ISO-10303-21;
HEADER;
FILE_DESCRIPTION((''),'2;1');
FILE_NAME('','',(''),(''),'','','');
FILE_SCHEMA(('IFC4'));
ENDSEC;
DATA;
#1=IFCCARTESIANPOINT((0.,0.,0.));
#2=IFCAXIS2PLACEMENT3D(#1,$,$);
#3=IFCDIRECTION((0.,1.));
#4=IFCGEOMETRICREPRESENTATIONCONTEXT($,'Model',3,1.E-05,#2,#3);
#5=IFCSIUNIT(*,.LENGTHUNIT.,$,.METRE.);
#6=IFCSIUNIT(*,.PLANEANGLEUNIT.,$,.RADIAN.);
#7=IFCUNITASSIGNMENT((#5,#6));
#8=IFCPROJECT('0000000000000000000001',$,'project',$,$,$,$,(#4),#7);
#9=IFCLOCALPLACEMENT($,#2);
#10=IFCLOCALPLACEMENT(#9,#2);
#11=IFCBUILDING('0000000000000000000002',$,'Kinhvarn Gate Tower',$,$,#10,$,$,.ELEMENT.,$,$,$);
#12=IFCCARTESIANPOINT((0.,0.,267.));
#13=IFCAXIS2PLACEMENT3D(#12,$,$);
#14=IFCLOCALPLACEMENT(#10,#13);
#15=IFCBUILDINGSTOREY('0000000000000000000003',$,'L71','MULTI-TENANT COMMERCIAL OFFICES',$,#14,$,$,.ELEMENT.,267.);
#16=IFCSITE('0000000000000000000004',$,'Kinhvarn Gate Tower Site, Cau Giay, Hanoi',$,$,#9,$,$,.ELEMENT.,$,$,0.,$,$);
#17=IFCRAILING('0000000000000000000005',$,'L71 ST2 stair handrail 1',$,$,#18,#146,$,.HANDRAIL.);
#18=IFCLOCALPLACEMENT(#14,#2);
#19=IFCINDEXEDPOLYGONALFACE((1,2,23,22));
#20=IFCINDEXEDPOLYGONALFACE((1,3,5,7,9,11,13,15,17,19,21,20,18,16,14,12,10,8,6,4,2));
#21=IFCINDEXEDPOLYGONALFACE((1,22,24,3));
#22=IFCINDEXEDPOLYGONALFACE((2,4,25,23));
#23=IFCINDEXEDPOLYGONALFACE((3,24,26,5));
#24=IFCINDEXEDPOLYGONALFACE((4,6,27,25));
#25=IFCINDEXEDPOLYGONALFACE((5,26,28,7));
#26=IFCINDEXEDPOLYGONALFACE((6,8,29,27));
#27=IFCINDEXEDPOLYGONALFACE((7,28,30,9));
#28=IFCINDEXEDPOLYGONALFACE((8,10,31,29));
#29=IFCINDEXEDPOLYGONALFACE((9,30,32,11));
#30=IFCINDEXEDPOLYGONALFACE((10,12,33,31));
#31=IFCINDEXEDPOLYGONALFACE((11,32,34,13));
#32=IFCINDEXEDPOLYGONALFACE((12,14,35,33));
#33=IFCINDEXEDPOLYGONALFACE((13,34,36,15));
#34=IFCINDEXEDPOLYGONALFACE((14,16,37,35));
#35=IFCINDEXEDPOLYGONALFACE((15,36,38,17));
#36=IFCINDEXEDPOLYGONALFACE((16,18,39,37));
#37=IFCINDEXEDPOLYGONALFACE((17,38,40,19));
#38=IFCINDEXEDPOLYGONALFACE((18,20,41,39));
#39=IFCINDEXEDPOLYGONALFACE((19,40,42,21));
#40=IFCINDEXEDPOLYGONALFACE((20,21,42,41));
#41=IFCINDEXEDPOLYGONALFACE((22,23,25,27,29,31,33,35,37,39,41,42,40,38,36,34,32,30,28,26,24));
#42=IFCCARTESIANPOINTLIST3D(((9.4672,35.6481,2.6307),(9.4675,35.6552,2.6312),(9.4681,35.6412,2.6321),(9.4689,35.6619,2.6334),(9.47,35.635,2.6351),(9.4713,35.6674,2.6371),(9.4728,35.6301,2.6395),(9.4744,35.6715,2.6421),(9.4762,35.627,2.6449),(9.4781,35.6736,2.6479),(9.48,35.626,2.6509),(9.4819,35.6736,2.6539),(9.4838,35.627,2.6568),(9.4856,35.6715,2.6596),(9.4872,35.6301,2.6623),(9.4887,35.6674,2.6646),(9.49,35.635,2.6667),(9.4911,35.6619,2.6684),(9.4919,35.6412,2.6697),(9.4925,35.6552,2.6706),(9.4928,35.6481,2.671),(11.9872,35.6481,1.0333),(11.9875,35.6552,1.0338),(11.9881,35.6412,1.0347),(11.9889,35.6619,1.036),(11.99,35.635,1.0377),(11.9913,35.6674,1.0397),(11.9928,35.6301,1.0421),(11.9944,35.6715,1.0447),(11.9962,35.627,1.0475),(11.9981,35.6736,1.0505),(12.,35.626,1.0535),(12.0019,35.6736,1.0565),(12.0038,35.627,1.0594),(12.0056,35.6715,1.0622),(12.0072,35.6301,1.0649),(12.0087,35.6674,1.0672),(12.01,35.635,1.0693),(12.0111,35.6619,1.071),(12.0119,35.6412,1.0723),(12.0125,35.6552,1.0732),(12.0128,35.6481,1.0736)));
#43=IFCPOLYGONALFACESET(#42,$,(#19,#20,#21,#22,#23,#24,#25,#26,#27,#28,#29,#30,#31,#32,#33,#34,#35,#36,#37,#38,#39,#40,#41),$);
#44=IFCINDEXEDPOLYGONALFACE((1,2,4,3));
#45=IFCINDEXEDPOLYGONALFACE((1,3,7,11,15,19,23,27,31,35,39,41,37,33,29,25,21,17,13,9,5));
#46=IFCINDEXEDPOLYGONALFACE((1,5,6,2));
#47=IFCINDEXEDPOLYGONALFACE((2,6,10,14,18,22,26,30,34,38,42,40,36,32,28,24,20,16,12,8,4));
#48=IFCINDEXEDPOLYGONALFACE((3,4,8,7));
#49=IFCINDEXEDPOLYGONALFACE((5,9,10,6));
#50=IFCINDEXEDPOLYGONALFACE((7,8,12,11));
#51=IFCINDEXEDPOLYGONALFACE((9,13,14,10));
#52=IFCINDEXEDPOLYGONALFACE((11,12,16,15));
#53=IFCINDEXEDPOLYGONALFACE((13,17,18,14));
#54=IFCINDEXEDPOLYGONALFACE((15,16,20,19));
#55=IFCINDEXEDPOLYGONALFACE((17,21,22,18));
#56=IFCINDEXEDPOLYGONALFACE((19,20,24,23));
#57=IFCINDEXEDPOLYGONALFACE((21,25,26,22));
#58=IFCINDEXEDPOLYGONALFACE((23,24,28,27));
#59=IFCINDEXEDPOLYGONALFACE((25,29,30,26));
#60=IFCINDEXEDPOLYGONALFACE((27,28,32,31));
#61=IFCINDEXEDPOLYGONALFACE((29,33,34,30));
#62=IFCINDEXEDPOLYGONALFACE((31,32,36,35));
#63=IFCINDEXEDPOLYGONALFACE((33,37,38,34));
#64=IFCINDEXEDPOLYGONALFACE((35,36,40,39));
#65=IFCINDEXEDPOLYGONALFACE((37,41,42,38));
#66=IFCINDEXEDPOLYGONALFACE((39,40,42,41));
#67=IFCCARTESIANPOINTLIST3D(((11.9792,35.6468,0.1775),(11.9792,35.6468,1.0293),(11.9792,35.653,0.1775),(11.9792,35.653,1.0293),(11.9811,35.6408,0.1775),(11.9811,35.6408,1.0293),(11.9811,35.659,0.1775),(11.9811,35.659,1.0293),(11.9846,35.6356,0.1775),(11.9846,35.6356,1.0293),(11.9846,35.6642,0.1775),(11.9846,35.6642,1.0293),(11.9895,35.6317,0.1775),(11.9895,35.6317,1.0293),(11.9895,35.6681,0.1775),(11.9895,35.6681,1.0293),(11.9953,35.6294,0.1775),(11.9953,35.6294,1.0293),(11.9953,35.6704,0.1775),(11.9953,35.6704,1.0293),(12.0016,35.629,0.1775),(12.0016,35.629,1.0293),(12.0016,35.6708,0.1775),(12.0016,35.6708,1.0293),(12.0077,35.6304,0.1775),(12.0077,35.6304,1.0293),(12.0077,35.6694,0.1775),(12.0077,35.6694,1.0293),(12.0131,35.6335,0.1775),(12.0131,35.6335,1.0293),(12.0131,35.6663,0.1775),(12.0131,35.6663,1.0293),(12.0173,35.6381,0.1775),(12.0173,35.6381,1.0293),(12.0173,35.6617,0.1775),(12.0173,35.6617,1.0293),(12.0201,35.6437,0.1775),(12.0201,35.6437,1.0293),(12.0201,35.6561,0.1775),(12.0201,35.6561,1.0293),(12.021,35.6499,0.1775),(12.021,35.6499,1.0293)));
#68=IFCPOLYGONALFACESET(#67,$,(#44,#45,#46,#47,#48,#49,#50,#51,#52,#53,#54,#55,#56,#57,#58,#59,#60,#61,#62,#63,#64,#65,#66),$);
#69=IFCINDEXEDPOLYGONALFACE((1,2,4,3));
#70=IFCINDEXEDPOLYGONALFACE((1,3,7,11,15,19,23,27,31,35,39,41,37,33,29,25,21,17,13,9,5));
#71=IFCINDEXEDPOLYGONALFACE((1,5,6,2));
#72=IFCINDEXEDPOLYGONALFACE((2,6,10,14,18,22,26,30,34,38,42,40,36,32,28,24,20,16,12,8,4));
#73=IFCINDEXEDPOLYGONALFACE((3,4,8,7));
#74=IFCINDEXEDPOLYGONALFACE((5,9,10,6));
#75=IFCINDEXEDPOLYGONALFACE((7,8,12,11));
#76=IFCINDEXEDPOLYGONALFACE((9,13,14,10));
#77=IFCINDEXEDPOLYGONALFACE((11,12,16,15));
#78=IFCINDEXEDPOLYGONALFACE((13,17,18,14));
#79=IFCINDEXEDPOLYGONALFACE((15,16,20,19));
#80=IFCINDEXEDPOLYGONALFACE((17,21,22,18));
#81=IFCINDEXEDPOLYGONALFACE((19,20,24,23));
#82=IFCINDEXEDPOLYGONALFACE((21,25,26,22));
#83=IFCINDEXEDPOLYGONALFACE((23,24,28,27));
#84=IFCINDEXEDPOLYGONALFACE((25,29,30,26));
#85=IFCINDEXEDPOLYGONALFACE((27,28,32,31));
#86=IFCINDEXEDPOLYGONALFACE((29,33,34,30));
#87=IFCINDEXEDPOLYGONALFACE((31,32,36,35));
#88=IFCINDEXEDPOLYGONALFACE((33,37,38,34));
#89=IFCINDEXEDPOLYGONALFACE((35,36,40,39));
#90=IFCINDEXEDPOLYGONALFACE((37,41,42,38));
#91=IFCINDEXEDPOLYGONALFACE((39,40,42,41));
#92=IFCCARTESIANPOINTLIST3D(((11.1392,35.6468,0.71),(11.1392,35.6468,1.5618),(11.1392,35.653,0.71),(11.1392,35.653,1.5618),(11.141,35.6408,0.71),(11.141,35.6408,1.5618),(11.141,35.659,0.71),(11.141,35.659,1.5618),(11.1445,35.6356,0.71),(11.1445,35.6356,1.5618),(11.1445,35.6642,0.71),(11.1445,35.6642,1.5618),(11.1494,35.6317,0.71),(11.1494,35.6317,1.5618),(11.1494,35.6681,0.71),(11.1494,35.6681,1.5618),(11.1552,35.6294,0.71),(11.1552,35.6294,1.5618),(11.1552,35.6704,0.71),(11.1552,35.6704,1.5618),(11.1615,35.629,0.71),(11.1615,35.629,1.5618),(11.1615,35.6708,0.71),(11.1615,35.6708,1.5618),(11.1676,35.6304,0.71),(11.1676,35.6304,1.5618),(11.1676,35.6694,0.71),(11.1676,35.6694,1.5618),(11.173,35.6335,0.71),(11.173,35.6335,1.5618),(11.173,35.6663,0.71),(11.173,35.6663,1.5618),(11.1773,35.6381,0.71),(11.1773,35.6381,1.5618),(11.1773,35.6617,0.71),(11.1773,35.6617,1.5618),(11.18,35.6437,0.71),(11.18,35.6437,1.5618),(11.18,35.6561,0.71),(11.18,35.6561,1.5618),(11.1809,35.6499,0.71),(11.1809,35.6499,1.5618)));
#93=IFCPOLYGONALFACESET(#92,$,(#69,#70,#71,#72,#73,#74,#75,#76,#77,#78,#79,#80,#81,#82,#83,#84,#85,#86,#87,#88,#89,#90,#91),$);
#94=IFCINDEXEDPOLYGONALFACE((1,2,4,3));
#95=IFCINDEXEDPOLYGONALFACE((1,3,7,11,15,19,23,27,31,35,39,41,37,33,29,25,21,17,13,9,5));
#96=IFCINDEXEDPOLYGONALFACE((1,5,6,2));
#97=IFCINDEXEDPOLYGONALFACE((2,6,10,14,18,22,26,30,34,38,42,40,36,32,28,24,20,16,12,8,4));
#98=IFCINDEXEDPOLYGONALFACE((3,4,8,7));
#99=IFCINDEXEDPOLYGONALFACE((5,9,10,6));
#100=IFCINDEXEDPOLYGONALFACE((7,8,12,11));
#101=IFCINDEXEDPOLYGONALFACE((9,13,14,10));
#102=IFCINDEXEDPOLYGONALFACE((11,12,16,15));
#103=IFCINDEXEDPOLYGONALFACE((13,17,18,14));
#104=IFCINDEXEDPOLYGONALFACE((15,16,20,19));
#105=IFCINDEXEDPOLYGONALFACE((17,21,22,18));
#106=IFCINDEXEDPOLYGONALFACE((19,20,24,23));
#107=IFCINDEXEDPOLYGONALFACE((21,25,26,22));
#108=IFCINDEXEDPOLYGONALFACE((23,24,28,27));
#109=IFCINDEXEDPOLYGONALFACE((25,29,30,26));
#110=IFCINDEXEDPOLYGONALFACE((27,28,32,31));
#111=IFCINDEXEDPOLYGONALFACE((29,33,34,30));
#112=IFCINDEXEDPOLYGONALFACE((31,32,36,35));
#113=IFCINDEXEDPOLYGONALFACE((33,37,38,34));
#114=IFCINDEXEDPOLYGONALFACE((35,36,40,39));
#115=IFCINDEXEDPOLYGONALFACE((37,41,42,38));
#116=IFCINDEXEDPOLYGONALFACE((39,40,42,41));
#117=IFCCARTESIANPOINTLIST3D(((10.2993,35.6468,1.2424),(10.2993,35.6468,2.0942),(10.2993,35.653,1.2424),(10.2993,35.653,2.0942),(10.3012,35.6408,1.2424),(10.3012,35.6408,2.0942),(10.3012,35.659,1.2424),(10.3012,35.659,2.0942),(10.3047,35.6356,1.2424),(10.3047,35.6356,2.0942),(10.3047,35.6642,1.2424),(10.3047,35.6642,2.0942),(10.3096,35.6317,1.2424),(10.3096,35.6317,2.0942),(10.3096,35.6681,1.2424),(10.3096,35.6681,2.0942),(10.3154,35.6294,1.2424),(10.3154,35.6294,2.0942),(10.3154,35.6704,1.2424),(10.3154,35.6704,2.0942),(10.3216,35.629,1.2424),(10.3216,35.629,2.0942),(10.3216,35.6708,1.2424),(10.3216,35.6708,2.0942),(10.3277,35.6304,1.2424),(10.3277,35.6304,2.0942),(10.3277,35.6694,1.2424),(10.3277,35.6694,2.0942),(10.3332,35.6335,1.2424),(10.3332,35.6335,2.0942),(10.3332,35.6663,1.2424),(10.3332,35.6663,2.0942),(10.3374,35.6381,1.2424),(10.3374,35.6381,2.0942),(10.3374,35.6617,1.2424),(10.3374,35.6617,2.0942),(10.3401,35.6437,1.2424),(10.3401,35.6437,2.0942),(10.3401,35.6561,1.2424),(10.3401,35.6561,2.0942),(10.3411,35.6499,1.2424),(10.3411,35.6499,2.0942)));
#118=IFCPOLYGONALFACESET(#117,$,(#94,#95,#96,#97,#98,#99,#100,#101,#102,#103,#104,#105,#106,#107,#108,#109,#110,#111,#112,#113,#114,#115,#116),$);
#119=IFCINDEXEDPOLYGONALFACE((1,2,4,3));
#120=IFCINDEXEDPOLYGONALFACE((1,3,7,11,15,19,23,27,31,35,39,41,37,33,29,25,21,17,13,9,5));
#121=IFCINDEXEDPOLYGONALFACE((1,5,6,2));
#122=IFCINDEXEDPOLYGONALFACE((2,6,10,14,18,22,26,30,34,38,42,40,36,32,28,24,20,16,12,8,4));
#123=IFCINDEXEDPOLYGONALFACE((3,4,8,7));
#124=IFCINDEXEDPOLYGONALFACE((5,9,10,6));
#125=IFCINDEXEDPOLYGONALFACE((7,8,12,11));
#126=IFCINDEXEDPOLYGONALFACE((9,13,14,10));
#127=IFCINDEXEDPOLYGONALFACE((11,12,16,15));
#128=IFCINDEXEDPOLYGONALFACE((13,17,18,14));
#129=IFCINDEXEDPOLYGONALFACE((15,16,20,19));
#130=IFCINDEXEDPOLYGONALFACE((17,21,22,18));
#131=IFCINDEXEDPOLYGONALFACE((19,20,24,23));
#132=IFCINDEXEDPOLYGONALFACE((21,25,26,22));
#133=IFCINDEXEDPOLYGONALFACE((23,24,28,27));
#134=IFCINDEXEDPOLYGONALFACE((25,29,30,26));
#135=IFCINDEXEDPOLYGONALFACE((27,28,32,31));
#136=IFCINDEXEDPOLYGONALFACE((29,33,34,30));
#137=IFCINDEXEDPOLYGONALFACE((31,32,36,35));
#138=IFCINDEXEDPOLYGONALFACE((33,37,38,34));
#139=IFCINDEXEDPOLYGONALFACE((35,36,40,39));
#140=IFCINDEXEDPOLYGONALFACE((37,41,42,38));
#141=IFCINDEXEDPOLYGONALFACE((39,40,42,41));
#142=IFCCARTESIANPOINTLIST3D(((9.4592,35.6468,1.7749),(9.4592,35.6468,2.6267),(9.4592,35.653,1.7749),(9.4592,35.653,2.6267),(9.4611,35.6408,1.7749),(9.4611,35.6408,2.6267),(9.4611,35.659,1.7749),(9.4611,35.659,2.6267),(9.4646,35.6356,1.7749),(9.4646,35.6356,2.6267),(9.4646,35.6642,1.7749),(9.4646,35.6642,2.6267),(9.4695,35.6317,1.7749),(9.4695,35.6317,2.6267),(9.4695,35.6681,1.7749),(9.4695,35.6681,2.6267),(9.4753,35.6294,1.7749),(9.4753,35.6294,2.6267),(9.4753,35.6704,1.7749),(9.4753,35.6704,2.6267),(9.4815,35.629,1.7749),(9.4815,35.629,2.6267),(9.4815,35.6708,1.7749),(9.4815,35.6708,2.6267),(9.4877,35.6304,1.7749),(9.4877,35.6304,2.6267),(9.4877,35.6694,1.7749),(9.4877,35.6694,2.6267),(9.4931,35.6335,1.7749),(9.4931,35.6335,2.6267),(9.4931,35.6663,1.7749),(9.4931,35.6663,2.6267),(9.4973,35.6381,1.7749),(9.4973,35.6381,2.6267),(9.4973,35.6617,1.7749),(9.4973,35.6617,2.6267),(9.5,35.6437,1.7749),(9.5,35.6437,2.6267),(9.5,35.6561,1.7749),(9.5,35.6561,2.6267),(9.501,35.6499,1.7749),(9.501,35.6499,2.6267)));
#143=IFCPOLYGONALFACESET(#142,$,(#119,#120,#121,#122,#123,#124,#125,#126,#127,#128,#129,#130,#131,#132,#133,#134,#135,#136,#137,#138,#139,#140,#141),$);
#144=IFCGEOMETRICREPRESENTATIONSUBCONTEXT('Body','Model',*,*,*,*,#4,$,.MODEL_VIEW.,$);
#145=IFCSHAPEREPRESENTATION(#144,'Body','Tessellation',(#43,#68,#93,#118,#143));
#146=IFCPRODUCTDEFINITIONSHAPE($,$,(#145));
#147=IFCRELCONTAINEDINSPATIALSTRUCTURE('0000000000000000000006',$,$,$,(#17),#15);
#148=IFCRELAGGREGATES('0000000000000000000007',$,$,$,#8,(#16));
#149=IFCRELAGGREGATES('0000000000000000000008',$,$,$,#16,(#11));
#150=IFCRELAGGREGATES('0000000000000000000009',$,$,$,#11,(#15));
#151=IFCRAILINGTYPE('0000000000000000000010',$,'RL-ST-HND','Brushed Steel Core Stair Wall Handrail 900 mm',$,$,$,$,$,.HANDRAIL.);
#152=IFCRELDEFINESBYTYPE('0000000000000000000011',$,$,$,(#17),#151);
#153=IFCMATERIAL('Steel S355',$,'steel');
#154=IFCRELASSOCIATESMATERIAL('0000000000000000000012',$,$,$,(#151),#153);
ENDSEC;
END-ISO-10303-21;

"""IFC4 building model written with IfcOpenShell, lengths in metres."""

from ifc_helpers import new_model, si_unit, direction, frame, origin, origin_2d, place, context, subcontext, project, spatial, circle, extrude, material, type_object, element, save


model = new_model("IFC4")

# Units and contexts
model_context = context("Model", 3, precision=1e-05, world=origin(), true_north=direction((0.0, 1.0)))
body_context = subcontext(model_context, "Body", "Model", "MODEL_VIEW")
ifc_project = project(units=[si_unit("LENGTHUNIT", "METRE"), si_unit("PLANEANGLEUNIT", "RADIAN")], contexts=[model_context])

# Site, building, storey
site_placement = place(None, origin())
site = spatial("IfcSite", under=ifc_project, at=site_placement, Name="Kinhvarn Gate Tower Site, Cau Giay, Hanoi", CompositionType="ELEMENT", RefElevation=0.0)
building_placement = place(site_placement, origin())
building = spatial("IfcBuilding", under=site, at=building_placement, Name="Kinhvarn Gate Tower", CompositionType="ELEMENT")
storey_placement = place(building_placement, frame((0.0, 0.0, 267.0)))
storey = spatial("IfcBuildingStorey", under=building, at=storey_placement, Name="L71", Description="MULTI-TENANT COMMERCIAL OFFICES", CompositionType="ELEMENT", Elevation=267.0)

# Shared definitions
ifc_material_1 = material(Name="Steel S355", Category="steel")

# Railing
railing_type_1 = type_object("IfcRailingType", Name="RL-ST-HND", Description="Brushed Steel Core Stair Wall Handrail 900 mm", PredefinedType="HANDRAIL", material=ifc_material_1)
railing_1_placement = place(storey_placement, frame((12.0, 35.6499, 0.1775)))
element("IfcRailing", 1, at=railing_1_placement, inside=storey, type_object=railing_type_1, Name="L71 ST2 stair handrail 1", PredefinedType="HANDRAIL", context=body_context, shape_type="SweptSolid", body=[
    extrude(circle(Radius=0.0239, at=origin_2d()), frame((0.0, 0.0, 0.876), z_axis=(-0.844607, 0.0, 0.535387), x_axis=(0.0, -1.0, 0.0)), (0.0, 0.0, 1.0), 2.9836),
    extrude(circle(Radius=0.021, at=origin_2d()), origin(), (0.0, 0.0, 1.0), 0.8518),
    extrude(circle(Radius=0.021, at=origin_2d()), frame((-0.8401, 0.0, 0.5325)), (0.0, 0.0, 1.0), 0.8518),
    extrude(circle(Radius=0.021, at=origin_2d()), frame((-1.6799, 0.0, 1.0649)), (0.0, 0.0, 1.0), 0.8518),
    extrude(circle(Radius=0.021, at=origin_2d()), frame((-2.52, 0.0, 1.5974)), (0.0, 0.0, 1.0), 0.8518),
])

save(model, "model.ifc")
